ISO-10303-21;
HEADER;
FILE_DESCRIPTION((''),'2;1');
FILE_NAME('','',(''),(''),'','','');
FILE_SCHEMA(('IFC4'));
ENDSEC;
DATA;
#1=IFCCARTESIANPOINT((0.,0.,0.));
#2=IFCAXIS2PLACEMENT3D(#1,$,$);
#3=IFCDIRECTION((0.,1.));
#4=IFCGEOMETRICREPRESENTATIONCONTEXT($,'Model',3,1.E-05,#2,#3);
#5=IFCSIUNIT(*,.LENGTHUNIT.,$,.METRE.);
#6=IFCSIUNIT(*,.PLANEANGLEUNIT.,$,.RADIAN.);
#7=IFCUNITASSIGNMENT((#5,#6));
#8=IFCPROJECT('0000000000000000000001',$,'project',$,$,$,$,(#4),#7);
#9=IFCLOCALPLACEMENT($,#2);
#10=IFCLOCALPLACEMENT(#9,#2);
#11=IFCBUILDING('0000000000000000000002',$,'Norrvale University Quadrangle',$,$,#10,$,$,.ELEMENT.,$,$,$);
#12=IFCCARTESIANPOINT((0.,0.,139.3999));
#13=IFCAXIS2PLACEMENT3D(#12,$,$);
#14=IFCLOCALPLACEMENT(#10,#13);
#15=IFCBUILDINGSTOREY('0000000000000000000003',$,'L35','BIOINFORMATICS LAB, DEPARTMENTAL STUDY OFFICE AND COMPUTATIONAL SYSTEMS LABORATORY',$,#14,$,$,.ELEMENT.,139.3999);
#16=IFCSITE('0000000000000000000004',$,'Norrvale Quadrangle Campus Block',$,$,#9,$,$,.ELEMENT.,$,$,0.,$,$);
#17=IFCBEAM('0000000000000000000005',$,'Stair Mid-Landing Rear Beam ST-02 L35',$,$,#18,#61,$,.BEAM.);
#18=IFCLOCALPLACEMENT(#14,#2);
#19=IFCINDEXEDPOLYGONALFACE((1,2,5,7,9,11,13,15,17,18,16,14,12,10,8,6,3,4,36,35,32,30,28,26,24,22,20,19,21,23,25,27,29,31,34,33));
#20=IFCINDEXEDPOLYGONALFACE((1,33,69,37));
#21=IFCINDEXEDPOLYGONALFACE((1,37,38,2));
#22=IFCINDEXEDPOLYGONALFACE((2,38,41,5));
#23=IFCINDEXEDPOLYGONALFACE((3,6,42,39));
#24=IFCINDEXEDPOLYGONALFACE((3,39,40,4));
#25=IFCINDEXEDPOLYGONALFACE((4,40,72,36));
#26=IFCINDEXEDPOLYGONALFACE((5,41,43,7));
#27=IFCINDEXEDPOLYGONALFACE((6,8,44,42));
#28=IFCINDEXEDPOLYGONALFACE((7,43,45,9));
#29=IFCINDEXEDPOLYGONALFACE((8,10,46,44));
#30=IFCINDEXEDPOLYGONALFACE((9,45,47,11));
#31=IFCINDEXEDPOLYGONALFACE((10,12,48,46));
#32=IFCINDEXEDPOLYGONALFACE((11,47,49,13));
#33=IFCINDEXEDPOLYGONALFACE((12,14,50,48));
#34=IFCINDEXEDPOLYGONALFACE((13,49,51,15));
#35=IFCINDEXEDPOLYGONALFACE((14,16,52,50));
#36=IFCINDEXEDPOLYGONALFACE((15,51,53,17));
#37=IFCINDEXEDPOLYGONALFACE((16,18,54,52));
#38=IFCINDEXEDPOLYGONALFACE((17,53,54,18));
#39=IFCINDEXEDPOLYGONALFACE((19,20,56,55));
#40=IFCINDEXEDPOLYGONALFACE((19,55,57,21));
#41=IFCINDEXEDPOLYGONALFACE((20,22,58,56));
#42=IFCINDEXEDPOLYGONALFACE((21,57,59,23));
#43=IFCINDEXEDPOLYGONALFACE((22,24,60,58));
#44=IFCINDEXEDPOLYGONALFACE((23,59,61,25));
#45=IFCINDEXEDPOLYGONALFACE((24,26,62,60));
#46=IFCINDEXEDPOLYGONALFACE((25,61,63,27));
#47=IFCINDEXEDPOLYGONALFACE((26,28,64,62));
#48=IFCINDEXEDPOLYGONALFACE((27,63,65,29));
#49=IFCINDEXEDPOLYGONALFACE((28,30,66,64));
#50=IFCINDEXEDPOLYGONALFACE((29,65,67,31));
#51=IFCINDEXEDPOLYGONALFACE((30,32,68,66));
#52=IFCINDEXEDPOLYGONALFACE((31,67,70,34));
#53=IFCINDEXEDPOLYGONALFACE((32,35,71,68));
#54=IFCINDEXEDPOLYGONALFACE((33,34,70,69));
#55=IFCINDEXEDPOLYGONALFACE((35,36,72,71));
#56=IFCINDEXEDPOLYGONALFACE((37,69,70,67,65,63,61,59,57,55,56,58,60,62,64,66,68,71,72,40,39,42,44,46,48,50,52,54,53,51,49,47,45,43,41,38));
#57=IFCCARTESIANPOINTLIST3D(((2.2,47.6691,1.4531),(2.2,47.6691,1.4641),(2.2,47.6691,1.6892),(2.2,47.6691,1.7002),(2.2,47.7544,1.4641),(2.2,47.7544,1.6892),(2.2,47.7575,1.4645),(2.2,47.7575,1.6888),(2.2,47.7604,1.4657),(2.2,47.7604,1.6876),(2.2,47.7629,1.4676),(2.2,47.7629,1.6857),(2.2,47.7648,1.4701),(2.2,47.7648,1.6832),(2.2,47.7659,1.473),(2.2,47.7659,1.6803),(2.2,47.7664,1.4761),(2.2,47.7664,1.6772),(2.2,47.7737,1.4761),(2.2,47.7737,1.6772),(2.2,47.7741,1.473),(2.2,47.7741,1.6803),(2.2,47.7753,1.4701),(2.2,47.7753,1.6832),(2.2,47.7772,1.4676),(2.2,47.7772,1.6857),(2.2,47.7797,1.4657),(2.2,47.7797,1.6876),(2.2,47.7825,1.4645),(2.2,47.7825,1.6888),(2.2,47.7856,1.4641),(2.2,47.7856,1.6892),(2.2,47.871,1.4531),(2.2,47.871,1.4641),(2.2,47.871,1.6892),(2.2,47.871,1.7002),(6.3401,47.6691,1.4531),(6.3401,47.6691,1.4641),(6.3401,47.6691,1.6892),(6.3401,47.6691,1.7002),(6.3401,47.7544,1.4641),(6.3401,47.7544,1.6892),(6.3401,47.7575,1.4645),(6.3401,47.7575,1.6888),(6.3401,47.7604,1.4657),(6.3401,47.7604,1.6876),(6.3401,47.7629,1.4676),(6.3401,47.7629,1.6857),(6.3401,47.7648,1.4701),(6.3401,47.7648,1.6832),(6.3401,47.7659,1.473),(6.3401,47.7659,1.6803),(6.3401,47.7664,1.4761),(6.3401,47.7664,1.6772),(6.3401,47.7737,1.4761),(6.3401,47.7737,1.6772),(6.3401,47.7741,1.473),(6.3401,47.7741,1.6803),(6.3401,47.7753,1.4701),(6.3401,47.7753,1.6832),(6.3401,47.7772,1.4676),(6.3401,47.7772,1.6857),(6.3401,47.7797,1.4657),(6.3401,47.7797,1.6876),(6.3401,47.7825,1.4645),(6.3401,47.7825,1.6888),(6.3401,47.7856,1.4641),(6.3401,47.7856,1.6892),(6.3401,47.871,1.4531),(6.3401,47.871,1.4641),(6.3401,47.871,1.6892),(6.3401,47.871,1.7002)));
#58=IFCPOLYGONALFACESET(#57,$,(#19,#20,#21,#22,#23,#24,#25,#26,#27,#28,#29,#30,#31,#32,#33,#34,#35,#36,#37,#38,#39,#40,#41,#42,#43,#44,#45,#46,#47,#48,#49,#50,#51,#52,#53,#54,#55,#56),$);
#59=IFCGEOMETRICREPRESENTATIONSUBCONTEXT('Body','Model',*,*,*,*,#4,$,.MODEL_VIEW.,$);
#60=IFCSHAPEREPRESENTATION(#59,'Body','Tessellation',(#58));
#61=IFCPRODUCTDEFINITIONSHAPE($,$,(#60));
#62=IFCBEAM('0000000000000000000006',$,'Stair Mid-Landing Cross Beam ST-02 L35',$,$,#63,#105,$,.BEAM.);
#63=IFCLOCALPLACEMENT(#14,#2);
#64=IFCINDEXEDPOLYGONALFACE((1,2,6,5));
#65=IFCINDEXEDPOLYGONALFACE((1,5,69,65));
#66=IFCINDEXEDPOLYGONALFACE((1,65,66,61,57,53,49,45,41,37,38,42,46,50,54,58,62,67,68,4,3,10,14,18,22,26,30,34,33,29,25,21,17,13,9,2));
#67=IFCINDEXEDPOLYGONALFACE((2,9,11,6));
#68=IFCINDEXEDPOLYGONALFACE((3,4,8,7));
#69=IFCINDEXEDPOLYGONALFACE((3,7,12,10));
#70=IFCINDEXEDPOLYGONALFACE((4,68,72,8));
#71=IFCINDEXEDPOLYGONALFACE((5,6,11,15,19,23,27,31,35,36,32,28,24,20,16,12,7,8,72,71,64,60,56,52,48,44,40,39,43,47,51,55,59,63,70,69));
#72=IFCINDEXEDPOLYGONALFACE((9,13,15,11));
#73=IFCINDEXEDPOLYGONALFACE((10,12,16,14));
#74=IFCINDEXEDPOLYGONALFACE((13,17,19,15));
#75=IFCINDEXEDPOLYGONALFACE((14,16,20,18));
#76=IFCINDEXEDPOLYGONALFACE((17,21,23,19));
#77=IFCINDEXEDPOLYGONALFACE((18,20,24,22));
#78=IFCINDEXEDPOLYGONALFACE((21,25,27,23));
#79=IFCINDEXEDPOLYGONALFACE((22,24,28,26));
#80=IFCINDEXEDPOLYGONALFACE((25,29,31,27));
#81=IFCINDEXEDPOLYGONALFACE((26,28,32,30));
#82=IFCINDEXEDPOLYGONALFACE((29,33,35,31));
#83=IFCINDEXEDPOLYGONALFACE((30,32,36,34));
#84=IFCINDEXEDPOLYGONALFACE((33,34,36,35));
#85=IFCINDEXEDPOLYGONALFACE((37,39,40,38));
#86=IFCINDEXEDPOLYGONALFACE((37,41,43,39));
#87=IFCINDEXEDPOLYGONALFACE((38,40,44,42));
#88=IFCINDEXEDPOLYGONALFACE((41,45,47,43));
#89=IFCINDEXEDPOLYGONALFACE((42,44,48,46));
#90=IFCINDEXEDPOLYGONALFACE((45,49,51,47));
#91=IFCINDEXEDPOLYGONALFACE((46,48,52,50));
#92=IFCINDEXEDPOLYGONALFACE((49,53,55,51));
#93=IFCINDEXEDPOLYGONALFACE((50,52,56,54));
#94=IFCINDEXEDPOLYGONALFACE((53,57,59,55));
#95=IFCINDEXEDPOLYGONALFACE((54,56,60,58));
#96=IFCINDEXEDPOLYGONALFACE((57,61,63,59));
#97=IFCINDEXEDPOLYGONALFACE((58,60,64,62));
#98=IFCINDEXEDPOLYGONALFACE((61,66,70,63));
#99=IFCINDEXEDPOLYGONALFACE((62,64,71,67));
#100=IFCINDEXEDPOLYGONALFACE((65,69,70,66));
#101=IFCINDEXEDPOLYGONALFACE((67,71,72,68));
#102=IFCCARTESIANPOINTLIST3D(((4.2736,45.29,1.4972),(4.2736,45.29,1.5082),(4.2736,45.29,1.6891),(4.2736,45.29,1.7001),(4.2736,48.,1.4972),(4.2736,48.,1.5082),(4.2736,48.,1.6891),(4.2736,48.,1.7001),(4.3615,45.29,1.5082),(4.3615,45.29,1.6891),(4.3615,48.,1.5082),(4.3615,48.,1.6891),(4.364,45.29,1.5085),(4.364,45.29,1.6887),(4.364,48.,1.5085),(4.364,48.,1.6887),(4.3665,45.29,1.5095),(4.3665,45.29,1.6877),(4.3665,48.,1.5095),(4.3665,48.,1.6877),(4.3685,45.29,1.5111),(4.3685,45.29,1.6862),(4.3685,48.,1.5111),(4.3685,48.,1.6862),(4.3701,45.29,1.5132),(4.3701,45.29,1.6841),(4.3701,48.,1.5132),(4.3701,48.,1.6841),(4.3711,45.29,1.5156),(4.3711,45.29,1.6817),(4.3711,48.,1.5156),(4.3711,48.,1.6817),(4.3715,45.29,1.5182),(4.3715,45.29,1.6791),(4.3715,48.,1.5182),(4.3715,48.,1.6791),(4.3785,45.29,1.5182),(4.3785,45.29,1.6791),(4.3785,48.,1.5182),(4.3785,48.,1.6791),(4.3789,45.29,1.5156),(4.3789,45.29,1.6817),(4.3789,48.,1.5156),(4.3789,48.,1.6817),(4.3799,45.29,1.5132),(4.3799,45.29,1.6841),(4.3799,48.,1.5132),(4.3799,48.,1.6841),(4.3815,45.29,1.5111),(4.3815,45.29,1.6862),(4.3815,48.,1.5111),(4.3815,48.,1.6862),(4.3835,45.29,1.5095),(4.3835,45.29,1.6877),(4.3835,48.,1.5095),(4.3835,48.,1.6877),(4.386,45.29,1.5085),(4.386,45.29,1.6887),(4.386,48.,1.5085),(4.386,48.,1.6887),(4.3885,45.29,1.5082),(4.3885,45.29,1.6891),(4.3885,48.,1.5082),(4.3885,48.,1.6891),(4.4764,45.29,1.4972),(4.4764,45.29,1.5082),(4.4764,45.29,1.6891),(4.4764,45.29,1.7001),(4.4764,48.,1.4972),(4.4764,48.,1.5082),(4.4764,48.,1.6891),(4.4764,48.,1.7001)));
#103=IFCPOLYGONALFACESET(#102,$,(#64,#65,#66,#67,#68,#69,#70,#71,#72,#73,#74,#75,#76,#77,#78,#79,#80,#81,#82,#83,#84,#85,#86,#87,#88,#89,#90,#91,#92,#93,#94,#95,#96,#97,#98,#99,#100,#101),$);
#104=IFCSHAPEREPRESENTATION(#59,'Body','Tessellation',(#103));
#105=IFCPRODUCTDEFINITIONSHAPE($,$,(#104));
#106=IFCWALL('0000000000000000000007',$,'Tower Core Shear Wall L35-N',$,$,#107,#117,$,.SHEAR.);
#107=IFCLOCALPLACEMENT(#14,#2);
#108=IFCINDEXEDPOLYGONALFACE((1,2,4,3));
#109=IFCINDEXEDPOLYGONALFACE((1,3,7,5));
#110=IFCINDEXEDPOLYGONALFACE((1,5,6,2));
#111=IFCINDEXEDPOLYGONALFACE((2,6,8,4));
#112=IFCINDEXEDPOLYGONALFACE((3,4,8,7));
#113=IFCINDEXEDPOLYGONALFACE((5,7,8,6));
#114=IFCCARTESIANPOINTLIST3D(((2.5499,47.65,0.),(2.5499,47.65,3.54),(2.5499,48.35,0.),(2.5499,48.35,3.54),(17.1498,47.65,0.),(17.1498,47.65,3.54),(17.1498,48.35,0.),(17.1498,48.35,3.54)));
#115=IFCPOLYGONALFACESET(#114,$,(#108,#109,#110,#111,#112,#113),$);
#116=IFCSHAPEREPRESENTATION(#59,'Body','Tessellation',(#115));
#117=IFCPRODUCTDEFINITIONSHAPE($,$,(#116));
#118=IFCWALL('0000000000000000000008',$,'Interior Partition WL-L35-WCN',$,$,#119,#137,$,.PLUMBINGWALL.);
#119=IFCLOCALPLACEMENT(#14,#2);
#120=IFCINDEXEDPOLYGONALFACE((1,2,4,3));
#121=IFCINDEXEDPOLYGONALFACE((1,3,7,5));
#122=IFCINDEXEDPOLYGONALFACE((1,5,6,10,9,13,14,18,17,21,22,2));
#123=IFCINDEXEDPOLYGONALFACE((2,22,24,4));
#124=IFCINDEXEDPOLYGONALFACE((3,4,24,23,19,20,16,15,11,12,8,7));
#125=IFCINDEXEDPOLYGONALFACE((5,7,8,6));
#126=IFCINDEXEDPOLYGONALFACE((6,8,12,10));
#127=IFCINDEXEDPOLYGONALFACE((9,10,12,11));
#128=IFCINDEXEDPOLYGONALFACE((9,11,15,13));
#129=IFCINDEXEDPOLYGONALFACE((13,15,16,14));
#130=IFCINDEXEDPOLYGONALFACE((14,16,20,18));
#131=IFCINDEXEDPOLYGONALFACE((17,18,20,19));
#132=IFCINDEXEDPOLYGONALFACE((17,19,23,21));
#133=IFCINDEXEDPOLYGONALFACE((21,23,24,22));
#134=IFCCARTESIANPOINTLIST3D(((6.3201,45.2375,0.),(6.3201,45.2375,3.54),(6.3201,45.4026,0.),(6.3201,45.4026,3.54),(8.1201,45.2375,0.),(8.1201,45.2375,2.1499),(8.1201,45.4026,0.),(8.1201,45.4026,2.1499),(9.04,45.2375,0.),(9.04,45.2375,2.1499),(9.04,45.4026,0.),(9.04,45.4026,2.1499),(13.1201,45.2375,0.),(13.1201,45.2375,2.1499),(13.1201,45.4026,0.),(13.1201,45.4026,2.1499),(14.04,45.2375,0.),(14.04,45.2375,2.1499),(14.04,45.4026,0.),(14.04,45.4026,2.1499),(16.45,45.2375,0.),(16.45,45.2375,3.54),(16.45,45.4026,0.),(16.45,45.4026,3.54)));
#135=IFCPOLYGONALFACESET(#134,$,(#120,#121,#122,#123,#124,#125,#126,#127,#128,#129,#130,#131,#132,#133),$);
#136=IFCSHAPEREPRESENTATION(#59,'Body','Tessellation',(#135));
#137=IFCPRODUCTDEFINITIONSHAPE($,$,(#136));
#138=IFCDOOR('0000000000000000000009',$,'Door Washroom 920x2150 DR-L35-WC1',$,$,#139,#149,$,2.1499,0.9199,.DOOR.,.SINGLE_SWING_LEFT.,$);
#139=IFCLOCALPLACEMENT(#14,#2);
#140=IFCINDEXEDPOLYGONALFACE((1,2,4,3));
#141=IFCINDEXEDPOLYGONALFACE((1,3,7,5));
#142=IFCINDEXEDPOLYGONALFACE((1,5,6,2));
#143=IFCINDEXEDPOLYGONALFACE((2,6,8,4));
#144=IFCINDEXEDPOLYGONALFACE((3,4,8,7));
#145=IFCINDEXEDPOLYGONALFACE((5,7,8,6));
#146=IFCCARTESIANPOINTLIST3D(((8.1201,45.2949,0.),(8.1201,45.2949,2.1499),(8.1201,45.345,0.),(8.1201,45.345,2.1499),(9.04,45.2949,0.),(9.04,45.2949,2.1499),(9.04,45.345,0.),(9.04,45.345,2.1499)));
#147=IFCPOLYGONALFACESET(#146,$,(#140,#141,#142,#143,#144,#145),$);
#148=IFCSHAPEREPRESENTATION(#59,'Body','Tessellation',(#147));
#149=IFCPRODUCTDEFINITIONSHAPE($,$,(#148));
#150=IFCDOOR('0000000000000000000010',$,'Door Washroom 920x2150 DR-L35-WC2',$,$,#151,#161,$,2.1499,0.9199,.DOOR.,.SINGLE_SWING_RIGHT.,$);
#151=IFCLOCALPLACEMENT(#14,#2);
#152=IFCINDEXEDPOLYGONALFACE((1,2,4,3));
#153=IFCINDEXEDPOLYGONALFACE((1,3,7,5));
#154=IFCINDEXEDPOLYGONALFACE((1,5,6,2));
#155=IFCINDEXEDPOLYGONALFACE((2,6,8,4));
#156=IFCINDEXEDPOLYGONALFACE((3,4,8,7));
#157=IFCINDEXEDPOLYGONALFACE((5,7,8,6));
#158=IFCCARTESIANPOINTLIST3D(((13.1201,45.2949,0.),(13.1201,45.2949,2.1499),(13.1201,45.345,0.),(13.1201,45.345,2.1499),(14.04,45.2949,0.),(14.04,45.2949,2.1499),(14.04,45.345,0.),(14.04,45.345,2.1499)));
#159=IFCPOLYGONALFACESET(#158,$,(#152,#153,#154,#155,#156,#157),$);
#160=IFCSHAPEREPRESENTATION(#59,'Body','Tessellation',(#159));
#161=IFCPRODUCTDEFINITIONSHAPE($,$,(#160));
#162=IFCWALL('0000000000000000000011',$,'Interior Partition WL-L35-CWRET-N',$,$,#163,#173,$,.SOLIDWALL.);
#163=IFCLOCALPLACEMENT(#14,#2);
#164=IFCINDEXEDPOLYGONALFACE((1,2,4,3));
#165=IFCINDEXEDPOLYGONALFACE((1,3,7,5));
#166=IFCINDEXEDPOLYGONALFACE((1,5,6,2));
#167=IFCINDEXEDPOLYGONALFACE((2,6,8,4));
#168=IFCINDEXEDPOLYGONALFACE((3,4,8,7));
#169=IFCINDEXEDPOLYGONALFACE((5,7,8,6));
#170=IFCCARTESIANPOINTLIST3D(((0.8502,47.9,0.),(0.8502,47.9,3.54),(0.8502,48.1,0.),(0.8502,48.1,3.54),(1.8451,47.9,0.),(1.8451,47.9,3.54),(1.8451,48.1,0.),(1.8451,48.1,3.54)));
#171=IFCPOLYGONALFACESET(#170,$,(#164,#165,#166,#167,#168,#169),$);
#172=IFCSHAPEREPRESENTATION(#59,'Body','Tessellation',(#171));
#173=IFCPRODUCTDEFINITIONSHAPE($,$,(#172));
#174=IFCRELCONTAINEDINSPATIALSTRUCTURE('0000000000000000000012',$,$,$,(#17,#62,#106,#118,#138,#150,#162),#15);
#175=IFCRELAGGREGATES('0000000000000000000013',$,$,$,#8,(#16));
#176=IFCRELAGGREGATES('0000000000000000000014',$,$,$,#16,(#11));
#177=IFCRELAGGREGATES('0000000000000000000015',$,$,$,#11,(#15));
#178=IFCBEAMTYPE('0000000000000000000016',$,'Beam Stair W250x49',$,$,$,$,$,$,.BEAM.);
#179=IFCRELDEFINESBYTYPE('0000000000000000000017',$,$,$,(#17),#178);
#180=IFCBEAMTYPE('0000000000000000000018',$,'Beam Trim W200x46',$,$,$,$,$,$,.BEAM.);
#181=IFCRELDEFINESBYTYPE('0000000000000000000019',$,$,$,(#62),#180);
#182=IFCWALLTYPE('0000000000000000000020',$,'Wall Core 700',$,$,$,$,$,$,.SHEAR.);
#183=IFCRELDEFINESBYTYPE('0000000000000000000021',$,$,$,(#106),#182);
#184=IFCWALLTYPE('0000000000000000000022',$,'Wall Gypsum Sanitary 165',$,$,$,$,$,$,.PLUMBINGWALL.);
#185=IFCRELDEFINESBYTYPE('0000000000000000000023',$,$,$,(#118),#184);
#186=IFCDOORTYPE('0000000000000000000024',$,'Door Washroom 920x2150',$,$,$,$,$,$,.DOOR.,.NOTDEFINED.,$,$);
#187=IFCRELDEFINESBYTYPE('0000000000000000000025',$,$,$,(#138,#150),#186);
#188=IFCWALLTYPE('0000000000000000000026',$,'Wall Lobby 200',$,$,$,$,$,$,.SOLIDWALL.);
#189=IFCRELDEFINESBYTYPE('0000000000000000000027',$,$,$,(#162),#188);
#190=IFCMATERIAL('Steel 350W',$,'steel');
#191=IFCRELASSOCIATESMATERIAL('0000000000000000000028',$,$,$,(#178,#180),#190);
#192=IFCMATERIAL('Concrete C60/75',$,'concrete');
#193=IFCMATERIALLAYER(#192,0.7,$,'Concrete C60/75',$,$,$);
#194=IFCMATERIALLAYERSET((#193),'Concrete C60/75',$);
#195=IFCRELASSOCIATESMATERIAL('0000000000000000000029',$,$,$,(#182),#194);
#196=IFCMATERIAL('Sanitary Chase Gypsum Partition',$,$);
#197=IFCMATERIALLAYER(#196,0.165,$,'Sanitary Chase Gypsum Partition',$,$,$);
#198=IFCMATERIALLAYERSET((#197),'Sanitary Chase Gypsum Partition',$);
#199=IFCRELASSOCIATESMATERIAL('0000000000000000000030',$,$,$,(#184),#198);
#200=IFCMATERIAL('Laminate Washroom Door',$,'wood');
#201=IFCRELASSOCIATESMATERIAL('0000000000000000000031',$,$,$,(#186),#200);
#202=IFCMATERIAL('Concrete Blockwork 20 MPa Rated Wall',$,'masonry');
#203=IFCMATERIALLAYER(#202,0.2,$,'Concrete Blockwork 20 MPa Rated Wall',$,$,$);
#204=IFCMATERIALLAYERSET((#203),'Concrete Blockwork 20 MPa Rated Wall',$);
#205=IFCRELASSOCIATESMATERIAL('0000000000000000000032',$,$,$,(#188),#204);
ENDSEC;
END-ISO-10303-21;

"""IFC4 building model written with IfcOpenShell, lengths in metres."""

from ifc_helpers import new_model, si_unit, direction, frame, frame_2d, origin, origin_2d, place, context, subcontext, project, spatial, rectangle, i_section, extrude, material, layer, layer_set, material_profile, profile_set, type_object, element, fill, save


model = new_model("IFC4")

# Units and contexts
model_context = context("Model", 3, precision=1e-05, world=origin(), true_north=direction((0.0, 1.0)))
body_context = subcontext(model_context, "Body", "Model", "MODEL_VIEW")
ifc_project = project(units=[si_unit("LENGTHUNIT", "METRE"), si_unit("PLANEANGLEUNIT", "RADIAN")], contexts=[model_context])

# Site, building, storey
site_placement = place(None, origin())
site = spatial("IfcSite", under=ifc_project, at=site_placement, Name="Norrvale Quadrangle Campus Block", CompositionType="ELEMENT", RefElevation=0.0)
building_placement = place(site_placement, origin())
building = spatial("IfcBuilding", under=site, at=building_placement, Name="Norrvale University Quadrangle", CompositionType="ELEMENT")
storey_placement = place(building_placement, frame((0.0, 0.0, 139.3999)))
storey = spatial("IfcBuildingStorey", under=building, at=storey_placement, Name="L35", Description="BIOINFORMATICS LAB, DEPARTMENTAL STUDY OFFICE AND COMPUTATIONAL SYSTEMS LABORATORY", CompositionType="ELEMENT", Elevation=139.3999)

# Shared definitions
ifc_material_1 = material(Name="Concrete C60/75", Category="concrete")

# Beams
ifc_material_2 = material(Name="Steel 350W", Category="steel")
ifc_material_profile_1 = material_profile(ifc_material_2, i_section(OverallWidth=0.2019, OverallDepth=0.2471, WebThickness=0.0073, FlangeThickness=0.011, FilletRadius=0.012, at=origin_2d()), Name="Steel 350W")
ifc_profile_set_1 = profile_set([ifc_material_profile_1], Name="Steel 350W")
beam_type_1 = type_object("IfcBeamType", Name="Beam Stair W250x49", PredefinedType="BEAM", material=ifc_profile_set_1)
beam_1_placement = place(storey_placement, frame((2.2, 47.77, 1.5767), z_axis=(1.0, 0.0, 0.0), x_axis=(0.0, 1.0, 0.0)))
element("IfcBeam", 1, at=beam_1_placement, inside=storey, type_object=beam_type_1, Name="Stair Mid-Landing Rear Beam ST-02 L35", PredefinedType="BEAM", context=body_context, shape_type="SweptSolid", body=[
    extrude(i_section(OverallWidth=0.2019, OverallDepth=0.2471, WebThickness=0.0073, FlangeThickness=0.011, FilletRadius=0.012, at=origin_2d()), origin(), (0.0, 0.0, 1.0), 4.1401),
])
ifc_material_profile_2 = material_profile(ifc_material_2, i_section(OverallWidth=0.2029, OverallDepth=0.2029, WebThickness=0.0071, FlangeThickness=0.011, FilletRadius=0.01, at=origin_2d()), Name="Steel 350W")
ifc_profile_set_2 = profile_set([ifc_material_profile_2], Name="Steel 350W")
beam_type_2 = type_object("IfcBeamType", Name="Beam Trim W200x46", PredefinedType="BEAM", material=ifc_profile_set_2)
beam_2_placement = place(storey_placement, frame((4.375, 45.29, 1.5986), z_axis=(0.0, 1.0, 0.0), x_axis=(-1.0, 0.0, 0.0)))
element("IfcBeam", 2, at=beam_2_placement, inside=storey, type_object=beam_type_2, Name="Stair Mid-Landing Cross Beam ST-02 L35", PredefinedType="BEAM", context=body_context, shape_type="SweptSolid", body=[
    extrude(i_section(OverallWidth=0.2029, OverallDepth=0.2029, WebThickness=0.0071, FlangeThickness=0.011, FilletRadius=0.01, at=origin_2d()), origin(), (0.0, 0.0, 1.0), 2.71),
])

# Wall
ifc_layer_1 = layer(ifc_material_1, 0.7, Name="Concrete C60/75")
ifc_layer_set_1 = layer_set([ifc_layer_1], Name="Concrete C60/75")
wall_type_1 = type_object("IfcWallType", Name="Wall Core 700", PredefinedType="SHEAR", material=ifc_layer_set_1)
wall_1_placement = place(storey_placement, frame((2.55, 48.0, 0.0), z_axis=(0.0, 0.0, 1.0), x_axis=(1.0, 0.0, 0.0)))
element("IfcWall", 3, at=wall_1_placement, inside=storey, type_object=wall_type_1, Name="Tower Core Shear Wall L35-N", PredefinedType="SHEAR", context=body_context, shape_type="SweptSolid", body=[
    extrude(rectangle(XDim=14.5999, YDim=0.7, at=frame_2d((7.2998, 0.0))), origin(), (0.0, 0.0, 1.0), 3.54),
])

# Wall, openings, doors
ifc_material_3 = material(Name="Sanitary Chase Gypsum Partition")
ifc_layer_2 = layer(ifc_material_3, 0.165, Name="Sanitary Chase Gypsum Partition")
ifc_layer_set_2 = layer_set([ifc_layer_2], Name="Sanitary Chase Gypsum Partition")
wall_type_2 = type_object("IfcWallType", Name="Wall Gypsum Sanitary 165", PredefinedType="PLUMBINGWALL", material=ifc_layer_set_2)
wall_2_placement = place(storey_placement, frame((6.3201, 45.3201, 0.0), z_axis=(0.0, 0.0, 1.0), x_axis=(1.0, 0.0, 0.0)))
wall_2 = element("IfcWall", 4, at=wall_2_placement, inside=storey, type_object=wall_type_2, Name="Interior Partition WL-L35-WCN", PredefinedType="PLUMBINGWALL", context=body_context, shape_type="SweptSolid", body=[
    extrude(rectangle(XDim=10.1299, YDim=0.165, at=frame_2d((5.0649, 0.0))), origin(), (0.0, 0.0, 1.0), 3.54),
])
opening_1_placement = place(wall_2_placement, frame((1.8, 0.0, 0.0)))
opening_1 = element("IfcOpeningElement", 5, at=opening_1_placement, cuts=wall_2, PredefinedType="OPENING", context=body_context, shape_type="SweptSolid", body=[
    extrude(rectangle(XDim=0.9199, YDim=2.1499, at=frame_2d((0.46, 1.075))), frame((0.0, 0.0945, 0.0), z_axis=(0.0, -1.0, 0.0), x_axis=(1.0, 0.0, 0.0)), (0.0, 0.0, 1.0), 0.189),
])
opening_2_placement = place(wall_2_placement, frame((6.8, 0.0, 0.0)))
opening_2 = element("IfcOpeningElement", 6, at=opening_2_placement, cuts=wall_2, PredefinedType="OPENING", context=body_context, shape_type="SweptSolid", body=[
    extrude(rectangle(XDim=0.9199, YDim=2.1499, at=frame_2d((0.46, 1.075))), frame((0.0, 0.0945, 0.0), z_axis=(0.0, -1.0, 0.0), x_axis=(1.0, 0.0, 0.0)), (0.0, 0.0, 1.0), 0.189),
])
ifc_material_4 = material(Name="Laminate Washroom Door", Category="wood")
door_type = type_object("IfcDoorType", Name="Door Washroom 920x2150", OperationType="NOTDEFINED", PredefinedType="DOOR", material=ifc_material_4)
door_1_placement = place(opening_1_placement, origin())
door_1 = element("IfcDoor", 7, at=door_1_placement, inside=storey, type_object=door_type, Name="Door Washroom 920x2150 DR-L35-WC1", OperationType="SINGLE_SWING_LEFT", OverallHeight=2.1499, OverallWidth=0.9199, PredefinedType="DOOR", context=body_context, shape_type="SweptSolid", body=[
    extrude(rectangle(XDim=0.9199, YDim=2.1499, at=frame_2d((0.46, 1.075))), frame((0.0, 0.0249, 0.0), z_axis=(0.0, -1.0, 0.0), x_axis=(1.0, 0.0, 0.0)), (0.0, 0.0, 1.0), 0.05),
])
fill(opening_1, door_1)
door_2_placement = place(opening_2_placement, origin())
door_2 = element("IfcDoor", 8, at=door_2_placement, inside=storey, type_object=door_type, Name="Door Washroom 920x2150 DR-L35-WC2", OperationType="SINGLE_SWING_RIGHT", OverallHeight=2.1499, OverallWidth=0.9199, PredefinedType="DOOR", context=body_context, shape_type="SweptSolid", body=[
    extrude(rectangle(XDim=0.9199, YDim=2.1499, at=frame_2d((0.46, 1.075))), frame((0.0, 0.0249, 0.0), z_axis=(0.0, -1.0, 0.0), x_axis=(1.0, 0.0, 0.0)), (0.0, 0.0, 1.0), 0.05),
])
fill(opening_2, door_2)

# Wall
ifc_material_5 = material(Name="Concrete Blockwork 20 MPa Rated Wall", Category="masonry")
ifc_layer_3 = layer(ifc_material_5, 0.2, Name="Concrete Blockwork 20 MPa Rated Wall")
ifc_layer_set_3 = layer_set([ifc_layer_3], Name="Concrete Blockwork 20 MPa Rated Wall")
wall_type_3 = type_object("IfcWallType", Name="Wall Lobby 200", PredefinedType="SOLIDWALL", material=ifc_layer_set_3)
wall_3_placement = place(storey_placement, frame((0.8501, 48.0, 0.0), z_axis=(0.0, 0.0, 1.0), x_axis=(1.0, 0.0, 0.0)))
element("IfcWall", 9, at=wall_3_placement, inside=storey, type_object=wall_type_3, Name="Interior Partition WL-L35-CWRET-N", PredefinedType="SOLIDWALL", context=body_context, shape_type="SweptSolid", body=[
    extrude(rectangle(XDim=0.9949, YDim=0.2, at=frame_2d((0.4976, 0.0))), origin(), (0.0, 0.0, 1.0), 3.54),
])

save(model, "model.ifc")
